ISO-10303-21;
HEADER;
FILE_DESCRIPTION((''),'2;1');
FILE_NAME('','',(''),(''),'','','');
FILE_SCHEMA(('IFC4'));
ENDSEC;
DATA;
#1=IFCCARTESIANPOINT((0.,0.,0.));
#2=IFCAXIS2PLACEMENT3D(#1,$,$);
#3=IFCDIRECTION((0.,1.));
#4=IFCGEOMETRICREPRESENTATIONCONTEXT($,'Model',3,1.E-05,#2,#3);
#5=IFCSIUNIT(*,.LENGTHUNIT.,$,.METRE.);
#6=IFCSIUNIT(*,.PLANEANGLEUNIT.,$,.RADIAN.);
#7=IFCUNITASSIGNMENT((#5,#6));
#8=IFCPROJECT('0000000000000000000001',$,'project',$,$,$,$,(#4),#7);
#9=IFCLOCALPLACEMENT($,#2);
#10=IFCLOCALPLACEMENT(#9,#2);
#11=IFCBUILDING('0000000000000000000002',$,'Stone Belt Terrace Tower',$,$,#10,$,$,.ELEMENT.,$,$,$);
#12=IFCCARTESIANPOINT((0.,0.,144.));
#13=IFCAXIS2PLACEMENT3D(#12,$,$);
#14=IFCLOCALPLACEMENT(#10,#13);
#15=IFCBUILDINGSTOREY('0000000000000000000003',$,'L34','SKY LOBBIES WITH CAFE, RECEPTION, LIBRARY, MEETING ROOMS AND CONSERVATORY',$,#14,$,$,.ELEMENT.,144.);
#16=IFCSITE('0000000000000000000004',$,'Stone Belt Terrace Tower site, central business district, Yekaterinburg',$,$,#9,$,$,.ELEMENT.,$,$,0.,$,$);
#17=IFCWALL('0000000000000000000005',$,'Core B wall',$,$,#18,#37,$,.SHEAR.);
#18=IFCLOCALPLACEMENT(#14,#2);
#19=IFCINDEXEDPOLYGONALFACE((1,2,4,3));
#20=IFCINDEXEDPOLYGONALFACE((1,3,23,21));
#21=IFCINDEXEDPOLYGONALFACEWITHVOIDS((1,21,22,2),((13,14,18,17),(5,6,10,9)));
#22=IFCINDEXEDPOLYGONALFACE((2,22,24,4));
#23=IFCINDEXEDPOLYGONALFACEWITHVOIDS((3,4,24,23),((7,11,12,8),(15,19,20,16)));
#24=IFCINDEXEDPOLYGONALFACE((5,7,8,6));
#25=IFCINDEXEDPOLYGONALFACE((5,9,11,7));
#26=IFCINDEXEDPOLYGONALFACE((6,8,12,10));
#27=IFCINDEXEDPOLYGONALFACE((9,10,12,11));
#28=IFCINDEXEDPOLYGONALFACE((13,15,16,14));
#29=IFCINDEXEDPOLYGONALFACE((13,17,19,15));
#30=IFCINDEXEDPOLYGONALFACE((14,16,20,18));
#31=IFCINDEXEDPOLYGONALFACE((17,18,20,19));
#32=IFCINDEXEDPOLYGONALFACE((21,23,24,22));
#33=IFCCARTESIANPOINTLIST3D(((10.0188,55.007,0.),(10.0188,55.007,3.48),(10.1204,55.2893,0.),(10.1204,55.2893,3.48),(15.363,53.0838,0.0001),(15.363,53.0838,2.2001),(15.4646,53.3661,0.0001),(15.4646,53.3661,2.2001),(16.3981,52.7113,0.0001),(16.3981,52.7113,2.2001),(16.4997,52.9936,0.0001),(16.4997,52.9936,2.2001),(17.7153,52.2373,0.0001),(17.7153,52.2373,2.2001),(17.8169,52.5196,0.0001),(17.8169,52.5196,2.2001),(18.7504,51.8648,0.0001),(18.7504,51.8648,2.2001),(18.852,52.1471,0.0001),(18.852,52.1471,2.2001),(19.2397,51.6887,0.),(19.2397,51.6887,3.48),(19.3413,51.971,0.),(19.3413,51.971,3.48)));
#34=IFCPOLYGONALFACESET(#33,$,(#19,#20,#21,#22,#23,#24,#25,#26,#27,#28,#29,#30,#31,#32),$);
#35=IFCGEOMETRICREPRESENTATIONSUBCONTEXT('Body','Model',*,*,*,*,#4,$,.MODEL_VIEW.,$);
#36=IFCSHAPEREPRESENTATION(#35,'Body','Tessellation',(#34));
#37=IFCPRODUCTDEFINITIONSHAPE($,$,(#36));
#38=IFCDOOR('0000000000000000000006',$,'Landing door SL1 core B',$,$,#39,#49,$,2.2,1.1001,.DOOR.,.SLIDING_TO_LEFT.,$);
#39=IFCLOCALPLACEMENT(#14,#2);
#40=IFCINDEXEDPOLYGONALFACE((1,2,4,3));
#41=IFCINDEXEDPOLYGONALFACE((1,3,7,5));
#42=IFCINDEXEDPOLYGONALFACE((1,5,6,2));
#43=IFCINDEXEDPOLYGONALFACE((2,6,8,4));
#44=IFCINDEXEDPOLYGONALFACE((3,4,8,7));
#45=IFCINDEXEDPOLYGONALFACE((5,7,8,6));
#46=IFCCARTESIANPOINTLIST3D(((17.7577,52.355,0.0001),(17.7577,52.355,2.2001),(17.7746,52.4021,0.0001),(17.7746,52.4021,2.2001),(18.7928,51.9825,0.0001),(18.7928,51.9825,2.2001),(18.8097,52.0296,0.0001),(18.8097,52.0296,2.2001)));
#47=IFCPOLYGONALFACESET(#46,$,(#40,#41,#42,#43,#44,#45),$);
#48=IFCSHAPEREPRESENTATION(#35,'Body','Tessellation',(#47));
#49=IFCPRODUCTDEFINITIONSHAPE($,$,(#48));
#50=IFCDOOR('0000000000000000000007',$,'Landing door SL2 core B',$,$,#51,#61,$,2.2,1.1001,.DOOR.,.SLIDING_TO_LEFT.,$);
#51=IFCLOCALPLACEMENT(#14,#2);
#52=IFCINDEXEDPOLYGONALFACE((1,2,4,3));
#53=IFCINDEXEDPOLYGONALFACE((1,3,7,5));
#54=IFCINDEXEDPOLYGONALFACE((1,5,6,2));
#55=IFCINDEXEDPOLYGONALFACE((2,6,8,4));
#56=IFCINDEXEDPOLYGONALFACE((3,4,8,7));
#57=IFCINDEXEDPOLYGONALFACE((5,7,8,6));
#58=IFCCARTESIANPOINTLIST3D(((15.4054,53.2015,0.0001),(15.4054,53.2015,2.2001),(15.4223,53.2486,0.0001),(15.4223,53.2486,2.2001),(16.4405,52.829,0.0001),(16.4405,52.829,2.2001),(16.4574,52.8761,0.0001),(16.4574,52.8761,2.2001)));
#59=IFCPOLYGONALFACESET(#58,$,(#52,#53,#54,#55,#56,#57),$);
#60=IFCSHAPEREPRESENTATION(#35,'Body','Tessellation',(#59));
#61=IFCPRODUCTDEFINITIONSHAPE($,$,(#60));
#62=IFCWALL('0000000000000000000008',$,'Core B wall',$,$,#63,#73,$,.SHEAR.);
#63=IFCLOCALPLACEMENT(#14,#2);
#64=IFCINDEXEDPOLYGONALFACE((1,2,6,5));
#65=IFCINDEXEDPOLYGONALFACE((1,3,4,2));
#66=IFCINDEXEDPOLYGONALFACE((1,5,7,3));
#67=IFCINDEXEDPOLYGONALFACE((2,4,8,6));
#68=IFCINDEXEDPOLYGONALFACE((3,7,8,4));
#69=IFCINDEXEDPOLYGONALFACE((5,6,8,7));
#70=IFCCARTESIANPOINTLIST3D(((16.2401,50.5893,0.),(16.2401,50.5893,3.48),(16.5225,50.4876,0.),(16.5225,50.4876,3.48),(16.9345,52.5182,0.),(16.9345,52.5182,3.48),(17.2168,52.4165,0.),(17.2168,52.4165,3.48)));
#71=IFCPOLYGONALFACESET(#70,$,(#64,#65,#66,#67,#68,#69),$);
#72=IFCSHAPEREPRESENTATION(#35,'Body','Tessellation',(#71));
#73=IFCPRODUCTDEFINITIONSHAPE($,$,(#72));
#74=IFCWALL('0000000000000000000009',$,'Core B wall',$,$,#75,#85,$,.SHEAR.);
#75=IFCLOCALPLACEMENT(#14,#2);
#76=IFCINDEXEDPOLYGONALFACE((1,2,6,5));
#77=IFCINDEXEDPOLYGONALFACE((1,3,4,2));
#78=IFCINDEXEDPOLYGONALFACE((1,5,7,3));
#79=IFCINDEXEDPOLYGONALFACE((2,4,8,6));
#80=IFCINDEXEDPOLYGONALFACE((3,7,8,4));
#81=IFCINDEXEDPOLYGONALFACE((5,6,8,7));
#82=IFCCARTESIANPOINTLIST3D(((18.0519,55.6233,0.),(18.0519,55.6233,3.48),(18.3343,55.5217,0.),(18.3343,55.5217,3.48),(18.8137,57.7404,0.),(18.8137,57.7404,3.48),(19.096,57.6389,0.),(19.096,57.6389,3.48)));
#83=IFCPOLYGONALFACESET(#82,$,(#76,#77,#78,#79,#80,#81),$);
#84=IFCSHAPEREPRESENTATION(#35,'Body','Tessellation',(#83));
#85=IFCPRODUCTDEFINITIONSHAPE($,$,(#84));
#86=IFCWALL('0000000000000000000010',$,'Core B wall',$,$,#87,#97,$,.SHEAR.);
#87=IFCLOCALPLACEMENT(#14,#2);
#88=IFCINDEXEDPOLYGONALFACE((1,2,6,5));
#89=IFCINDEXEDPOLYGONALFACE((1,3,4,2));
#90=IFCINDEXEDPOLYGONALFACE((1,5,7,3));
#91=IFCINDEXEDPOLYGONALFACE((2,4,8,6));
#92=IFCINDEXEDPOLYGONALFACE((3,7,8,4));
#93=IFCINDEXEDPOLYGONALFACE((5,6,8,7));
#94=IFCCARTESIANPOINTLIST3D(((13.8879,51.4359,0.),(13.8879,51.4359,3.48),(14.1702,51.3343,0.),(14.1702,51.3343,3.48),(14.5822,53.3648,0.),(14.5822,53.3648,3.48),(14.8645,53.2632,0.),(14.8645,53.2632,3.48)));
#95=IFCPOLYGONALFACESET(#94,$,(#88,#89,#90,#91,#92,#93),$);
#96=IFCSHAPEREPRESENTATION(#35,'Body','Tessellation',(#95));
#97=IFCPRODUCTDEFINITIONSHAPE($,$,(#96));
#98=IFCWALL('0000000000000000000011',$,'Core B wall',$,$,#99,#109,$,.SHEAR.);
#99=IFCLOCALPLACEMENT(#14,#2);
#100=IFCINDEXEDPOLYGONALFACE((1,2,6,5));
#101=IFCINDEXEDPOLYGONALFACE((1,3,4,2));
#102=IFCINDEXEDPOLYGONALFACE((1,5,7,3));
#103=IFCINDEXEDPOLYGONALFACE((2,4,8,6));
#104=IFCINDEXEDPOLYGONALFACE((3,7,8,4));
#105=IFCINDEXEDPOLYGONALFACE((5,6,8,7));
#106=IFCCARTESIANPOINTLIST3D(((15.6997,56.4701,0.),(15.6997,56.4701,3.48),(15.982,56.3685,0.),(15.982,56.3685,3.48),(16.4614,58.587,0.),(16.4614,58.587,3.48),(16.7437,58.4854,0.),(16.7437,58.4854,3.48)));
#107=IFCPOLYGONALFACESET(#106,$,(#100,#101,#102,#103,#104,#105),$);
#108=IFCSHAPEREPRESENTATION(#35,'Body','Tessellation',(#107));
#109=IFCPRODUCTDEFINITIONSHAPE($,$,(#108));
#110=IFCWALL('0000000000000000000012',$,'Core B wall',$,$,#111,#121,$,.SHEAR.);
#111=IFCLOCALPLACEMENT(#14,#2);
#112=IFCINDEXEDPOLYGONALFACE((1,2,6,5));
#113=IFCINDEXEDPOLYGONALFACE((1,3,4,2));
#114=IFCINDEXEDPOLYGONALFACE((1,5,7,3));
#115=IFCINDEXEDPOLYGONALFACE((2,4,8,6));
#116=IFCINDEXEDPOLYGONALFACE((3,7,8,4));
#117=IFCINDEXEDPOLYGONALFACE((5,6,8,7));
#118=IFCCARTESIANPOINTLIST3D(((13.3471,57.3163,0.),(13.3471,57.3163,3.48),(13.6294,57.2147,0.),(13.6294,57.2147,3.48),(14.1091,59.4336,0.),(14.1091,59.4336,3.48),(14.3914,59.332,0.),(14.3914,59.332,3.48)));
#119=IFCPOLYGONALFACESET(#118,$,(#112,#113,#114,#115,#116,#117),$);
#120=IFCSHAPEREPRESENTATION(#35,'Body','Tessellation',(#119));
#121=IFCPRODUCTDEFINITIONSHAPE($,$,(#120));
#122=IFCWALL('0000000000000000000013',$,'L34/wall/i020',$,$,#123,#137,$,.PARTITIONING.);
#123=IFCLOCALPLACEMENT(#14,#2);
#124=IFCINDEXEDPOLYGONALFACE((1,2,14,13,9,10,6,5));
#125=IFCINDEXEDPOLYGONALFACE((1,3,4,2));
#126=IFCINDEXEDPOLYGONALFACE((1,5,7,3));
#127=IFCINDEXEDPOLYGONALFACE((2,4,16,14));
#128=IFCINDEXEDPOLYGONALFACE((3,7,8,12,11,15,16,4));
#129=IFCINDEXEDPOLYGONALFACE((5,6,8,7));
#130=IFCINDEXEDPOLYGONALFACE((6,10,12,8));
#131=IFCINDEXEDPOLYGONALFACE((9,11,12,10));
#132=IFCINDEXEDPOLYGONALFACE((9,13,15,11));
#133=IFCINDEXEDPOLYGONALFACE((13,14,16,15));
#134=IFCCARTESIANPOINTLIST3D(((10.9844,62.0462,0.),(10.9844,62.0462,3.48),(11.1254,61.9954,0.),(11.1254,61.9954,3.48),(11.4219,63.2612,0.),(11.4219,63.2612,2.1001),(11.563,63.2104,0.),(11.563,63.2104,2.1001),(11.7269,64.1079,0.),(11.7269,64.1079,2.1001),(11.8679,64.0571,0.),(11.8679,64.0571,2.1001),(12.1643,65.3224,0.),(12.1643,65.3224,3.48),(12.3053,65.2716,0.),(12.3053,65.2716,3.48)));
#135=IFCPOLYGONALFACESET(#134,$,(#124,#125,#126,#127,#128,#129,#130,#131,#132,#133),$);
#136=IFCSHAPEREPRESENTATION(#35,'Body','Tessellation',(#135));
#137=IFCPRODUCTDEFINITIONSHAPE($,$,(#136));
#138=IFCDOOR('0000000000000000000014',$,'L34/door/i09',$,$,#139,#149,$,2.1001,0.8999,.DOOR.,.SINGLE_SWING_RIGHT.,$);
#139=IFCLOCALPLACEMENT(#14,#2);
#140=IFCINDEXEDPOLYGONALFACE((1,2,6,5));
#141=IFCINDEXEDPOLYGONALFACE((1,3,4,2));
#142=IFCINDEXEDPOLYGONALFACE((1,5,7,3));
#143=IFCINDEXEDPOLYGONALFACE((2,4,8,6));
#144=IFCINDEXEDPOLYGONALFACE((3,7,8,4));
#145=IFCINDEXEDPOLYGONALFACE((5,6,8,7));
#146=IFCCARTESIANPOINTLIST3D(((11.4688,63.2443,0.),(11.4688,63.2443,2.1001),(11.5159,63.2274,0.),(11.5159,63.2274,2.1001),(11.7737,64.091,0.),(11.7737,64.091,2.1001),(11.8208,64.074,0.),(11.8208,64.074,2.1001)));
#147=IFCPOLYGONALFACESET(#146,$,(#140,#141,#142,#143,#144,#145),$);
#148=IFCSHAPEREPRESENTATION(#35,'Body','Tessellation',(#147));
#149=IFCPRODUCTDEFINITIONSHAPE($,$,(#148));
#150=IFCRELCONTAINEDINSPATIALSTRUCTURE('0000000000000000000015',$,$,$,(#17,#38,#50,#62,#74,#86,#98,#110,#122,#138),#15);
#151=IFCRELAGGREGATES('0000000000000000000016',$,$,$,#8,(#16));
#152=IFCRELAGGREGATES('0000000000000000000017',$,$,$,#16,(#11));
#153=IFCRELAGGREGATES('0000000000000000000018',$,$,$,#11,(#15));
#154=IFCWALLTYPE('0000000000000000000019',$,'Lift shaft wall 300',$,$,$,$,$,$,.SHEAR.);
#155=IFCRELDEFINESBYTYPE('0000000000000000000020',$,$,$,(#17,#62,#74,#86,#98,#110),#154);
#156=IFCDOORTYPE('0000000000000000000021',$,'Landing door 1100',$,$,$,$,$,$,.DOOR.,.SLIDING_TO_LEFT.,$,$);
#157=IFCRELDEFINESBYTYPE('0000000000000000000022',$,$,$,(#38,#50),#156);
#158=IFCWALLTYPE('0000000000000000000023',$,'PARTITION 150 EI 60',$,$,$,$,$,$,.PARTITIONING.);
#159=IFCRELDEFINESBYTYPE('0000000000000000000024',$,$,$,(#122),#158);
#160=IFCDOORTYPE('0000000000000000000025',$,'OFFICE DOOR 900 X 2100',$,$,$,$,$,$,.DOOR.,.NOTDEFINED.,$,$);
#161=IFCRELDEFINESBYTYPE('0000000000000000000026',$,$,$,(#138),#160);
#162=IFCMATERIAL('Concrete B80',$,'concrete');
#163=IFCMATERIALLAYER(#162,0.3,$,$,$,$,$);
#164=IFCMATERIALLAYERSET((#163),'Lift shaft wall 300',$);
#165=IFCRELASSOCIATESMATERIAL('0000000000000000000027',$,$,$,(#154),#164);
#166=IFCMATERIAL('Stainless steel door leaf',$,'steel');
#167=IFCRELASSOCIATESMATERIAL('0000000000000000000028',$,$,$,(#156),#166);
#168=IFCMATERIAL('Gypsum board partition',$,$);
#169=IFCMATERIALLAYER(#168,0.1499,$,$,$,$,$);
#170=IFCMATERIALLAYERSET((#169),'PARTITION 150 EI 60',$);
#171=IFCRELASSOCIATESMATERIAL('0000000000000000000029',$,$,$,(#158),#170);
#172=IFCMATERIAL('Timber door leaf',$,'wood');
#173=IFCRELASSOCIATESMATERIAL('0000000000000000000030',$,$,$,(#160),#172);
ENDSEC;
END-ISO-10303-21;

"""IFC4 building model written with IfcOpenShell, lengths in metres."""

from ifc_helpers import new_model, si_unit, direction, frame, frame_2d, origin, place, context, subcontext, project, spatial, rectangle, extrude, material, layer, layer_set, type_object, element, fill, save


model = new_model("IFC4")

# Units and contexts
model_context = context("Model", 3, precision=1e-05, world=origin(), true_north=direction((0.0, 1.0)))
body_context = subcontext(model_context, "Body", "Model", "MODEL_VIEW")
ifc_project = project(units=[si_unit("LENGTHUNIT", "METRE"), si_unit("PLANEANGLEUNIT", "RADIAN")], contexts=[model_context])

# Site, building, storey
site_placement = place(None, origin())
site = spatial("IfcSite", under=ifc_project, at=site_placement, Name="Stone Belt Terrace Tower site, central business district, Yekaterinburg", CompositionType="ELEMENT", RefElevation=0.0)
building_placement = place(site_placement, origin())
building = spatial("IfcBuilding", under=site, at=building_placement, Name="Stone Belt Terrace Tower", CompositionType="ELEMENT")
storey_placement = place(building_placement, frame((0.0, 0.0, 144.0)))
storey = spatial("IfcBuildingStorey", under=building, at=storey_placement, Name="L34", Description="SKY LOBBIES WITH CAFE, RECEPTION, LIBRARY, MEETING ROOMS AND CONSERVATORY", CompositionType="ELEMENT", Elevation=144.0)

# Shared definitions
ifc_material_1 = material(Name="Concrete B80", Category="concrete")

# Shared definitions
ifc_material_2 = material(Name="Timber door leaf", Category="wood")

# Wall, openings, doors
ifc_layer_1 = layer(ifc_material_1, 0.3)
ifc_layer_set_1 = layer_set([ifc_layer_1], Name="Lift shaft wall 300")
wall_type_1 = type_object("IfcWallType", Name="Lift shaft wall 300", PredefinedType="SHEAR", material=ifc_layer_set_1)
wall_1_placement = place(storey_placement, frame((19.2905, 51.8298, 0.0), z_axis=(0.0, 0.0, 1.0), x_axis=(-0.940926, 0.338613, 0.0)))
wall_1 = element("IfcWall", 1, at=wall_1_placement, inside=storey, type_object=wall_type_1, Name="Core B wall", PredefinedType="SHEAR", context=body_context, shape_type="SweptSolid", body=[
    extrude(rectangle(XDim=9.7998, YDim=0.3, at=frame_2d((4.8999, 0.0))), origin(), (0.0, 0.0, 1.0), 3.48),
])
opening_1_placement = place(wall_1_placement, frame((0.52, 0.0, 0.0)))
opening_1 = element("IfcOpeningElement", 2, at=opening_1_placement, cuts=wall_1, PredefinedType="OPENING", context=body_context, shape_type="SweptSolid", body=[
    extrude(rectangle(XDim=1.1001, YDim=2.2, at=frame_2d((0.55, 1.1001))), frame((0.0, 0.1599, 0.0), z_axis=(0.0, -1.0, 0.0), x_axis=(1.0, 0.0, 0.0)), (0.0, 0.0, 1.0), 0.3201),
])
opening_2_placement = place(wall_1_placement, frame((3.02, 0.0, 0.0)))
opening_2 = element("IfcOpeningElement", 3, at=opening_2_placement, cuts=wall_1, PredefinedType="OPENING", context=body_context, shape_type="SweptSolid", body=[
    extrude(rectangle(XDim=1.1001, YDim=2.2, at=frame_2d((0.55, 1.1001))), frame((0.0, 0.1599, 0.0), z_axis=(0.0, -1.0, 0.0), x_axis=(1.0, 0.0, 0.0)), (0.0, 0.0, 1.0), 0.3201),
])
ifc_material_3 = material(Name="Stainless steel door leaf", Category="steel")
door_type_1 = type_object("IfcDoorType", Name="Landing door 1100", OperationType="SLIDING_TO_LEFT", PredefinedType="DOOR", material=ifc_material_3)
door_1_placement = place(opening_1_placement, origin())
door_1 = element("IfcDoor", 4, at=door_1_placement, inside=storey, type_object=door_type_1, Name="Landing door SL1 core B", OperationType="SLIDING_TO_LEFT", OverallHeight=2.2, OverallWidth=1.1001, PredefinedType="DOOR", context=body_context, shape_type="SweptSolid", body=[
    extrude(rectangle(XDim=1.1001, YDim=2.2, at=frame_2d((0.55, 1.1001))), frame((0.0, 0.0249, 0.0), z_axis=(0.0, -1.0, 0.0), x_axis=(1.0, 0.0, 0.0)), (0.0, 0.0, 1.0), 0.05),
])
fill(opening_1, door_1)
door_2_placement = place(opening_2_placement, origin())
door_2 = element("IfcDoor", 5, at=door_2_placement, inside=storey, type_object=door_type_1, Name="Landing door SL2 core B", OperationType="SLIDING_TO_LEFT", OverallHeight=2.2, OverallWidth=1.1001, PredefinedType="DOOR", context=body_context, shape_type="SweptSolid", body=[
    extrude(rectangle(XDim=1.1001, YDim=2.2, at=frame_2d((0.55, 1.1001))), frame((0.0, 0.0249, 0.0), z_axis=(0.0, -1.0, 0.0), x_axis=(1.0, 0.0, 0.0)), (0.0, 0.0, 1.0), 0.05),
])
fill(opening_2, door_2)

# Walls
wall_2_placement = place(storey_placement, frame((16.3813, 50.5386, 0.0), z_axis=(0.0, 0.0, 1.0), x_axis=(0.338682, 0.940901, 0.0)))
element("IfcWall", 6, at=wall_2_placement, inside=storey, type_object=wall_type_1, Name="Core B wall", PredefinedType="SHEAR", context=body_context, shape_type="SweptSolid", body=[
    extrude(rectangle(XDim=2.05, YDim=0.3, at=frame_2d((1.0249, 0.0))), origin(), (0.0, 0.0, 1.0), 3.48),
])
wall_3_placement = place(storey_placement, frame((18.1931, 55.5725, 0.0), z_axis=(0.0, 0.0, 1.0), x_axis=(0.338535, 0.940954, 0.0)))
element("IfcWall", 7, at=wall_3_placement, inside=storey, type_object=wall_type_1, Name="Core B wall", PredefinedType="SHEAR", context=body_context, shape_type="SweptSolid", body=[
    extrude(rectangle(XDim=2.25, YDim=0.3, at=frame_2d((1.125, 0.0))), origin(), (0.0, 0.0, 1.0), 3.48),
])
wall_4_placement = place(storey_placement, frame((14.0291, 51.3853, 0.0), z_axis=(0.0, 0.0, 1.0), x_axis=(0.338682, 0.940901, 0.0)))
element("IfcWall", 8, at=wall_4_placement, inside=storey, type_object=wall_type_1, Name="Core B wall", PredefinedType="SHEAR", context=body_context, shape_type="SweptSolid", body=[
    extrude(rectangle(XDim=2.05, YDim=0.3, at=frame_2d((1.0249, 0.0))), origin(), (0.0, 0.0, 1.0), 3.48),
])
wall_5_placement = place(storey_placement, frame((15.8408, 56.4192, 0.0), z_axis=(0.0, 0.0, 1.0), x_axis=(0.33857, 0.940941, 0.0)))
element("IfcWall", 9, at=wall_5_placement, inside=storey, type_object=wall_type_1, Name="Core B wall", PredefinedType="SHEAR", context=body_context, shape_type="SweptSolid", body=[
    extrude(rectangle(XDim=2.2498, YDim=0.3, at=frame_2d((1.125, 0.0))), origin(), (0.0, 0.0, 1.0), 3.48),
])
wall_6_placement = place(storey_placement, frame((13.4883, 57.2656, 0.0), z_axis=(0.0, 0.0, 1.0), x_axis=(0.338631, 0.940919, 0.0)))
element("IfcWall", 10, at=wall_6_placement, inside=storey, type_object=wall_type_1, Name="Core B wall", PredefinedType="SHEAR", context=body_context, shape_type="SweptSolid", body=[
    extrude(rectangle(XDim=2.2502, YDim=0.3, at=frame_2d((1.125, 0.0))), origin(), (0.0, 0.0, 1.0), 3.48),
])

# Wall, opening, door
ifc_material_4 = material(Name="Gypsum board partition")
ifc_layer_2 = layer(ifc_material_4, 0.1499)
ifc_layer_set_2 = layer_set([ifc_layer_2], Name="PARTITION 150 EI 60")
wall_type_2 = type_object("IfcWallType", Name="PARTITION 150 EI 60", PredefinedType="PARTITIONING", material=ifc_layer_set_2)
wall_7_placement = place(storey_placement, frame((12.2349, 65.2971, 0.0), z_axis=(0.0, 0.0, 1.0), x_axis=(-0.338854, -0.940839, 0.0)))
wall_7 = element("IfcWall", 11, at=wall_7_placement, inside=storey, type_object=wall_type_2, Name="L34/wall/i020", PredefinedType="PARTITIONING", context=body_context, shape_type="SweptSolid", body=[
    extrude(rectangle(XDim=3.4822, YDim=0.1499, at=frame_2d((1.7412, 0.0))), origin(), (0.0, 0.0, 1.0), 3.48),
])
opening_3_placement = place(wall_7_placement, frame((1.291, 0.0, 0.0)))
opening_3 = element("IfcOpeningElement", 12, at=opening_3_placement, cuts=wall_7, PredefinedType="OPENING", context=body_context, shape_type="SweptSolid", body=[
    extrude(rectangle(XDim=0.8999, YDim=2.1001, at=frame_2d((0.45, 1.05))), frame((0.0, 0.085, 0.0), z_axis=(0.0, -1.0, 0.0), x_axis=(1.0, 0.0, 0.0)), (0.0, 0.0, 1.0), 0.1699),
])
door_type_2 = type_object("IfcDoorType", Name="OFFICE DOOR 900 X 2100", OperationType="NOTDEFINED", PredefinedType="DOOR", material=ifc_material_2)
door_3_placement = place(opening_3_placement, origin())
door_3 = element("IfcDoor", 13, at=door_3_placement, inside=storey, type_object=door_type_2, Name="L34/door/i09", OperationType="SINGLE_SWING_RIGHT", OverallHeight=2.1001, OverallWidth=0.8999, PredefinedType="DOOR", context=body_context, shape_type="SweptSolid", body=[
    extrude(rectangle(XDim=0.8999, YDim=2.1001, at=frame_2d((0.45, 1.05))), frame((0.0, 0.0249, 0.0), z_axis=(0.0, -1.0, 0.0), x_axis=(1.0, 0.0, 0.0)), (0.0, 0.0, 1.0), 0.05),
])
fill(opening_3, door_3)

save(model, "model.ifc")
